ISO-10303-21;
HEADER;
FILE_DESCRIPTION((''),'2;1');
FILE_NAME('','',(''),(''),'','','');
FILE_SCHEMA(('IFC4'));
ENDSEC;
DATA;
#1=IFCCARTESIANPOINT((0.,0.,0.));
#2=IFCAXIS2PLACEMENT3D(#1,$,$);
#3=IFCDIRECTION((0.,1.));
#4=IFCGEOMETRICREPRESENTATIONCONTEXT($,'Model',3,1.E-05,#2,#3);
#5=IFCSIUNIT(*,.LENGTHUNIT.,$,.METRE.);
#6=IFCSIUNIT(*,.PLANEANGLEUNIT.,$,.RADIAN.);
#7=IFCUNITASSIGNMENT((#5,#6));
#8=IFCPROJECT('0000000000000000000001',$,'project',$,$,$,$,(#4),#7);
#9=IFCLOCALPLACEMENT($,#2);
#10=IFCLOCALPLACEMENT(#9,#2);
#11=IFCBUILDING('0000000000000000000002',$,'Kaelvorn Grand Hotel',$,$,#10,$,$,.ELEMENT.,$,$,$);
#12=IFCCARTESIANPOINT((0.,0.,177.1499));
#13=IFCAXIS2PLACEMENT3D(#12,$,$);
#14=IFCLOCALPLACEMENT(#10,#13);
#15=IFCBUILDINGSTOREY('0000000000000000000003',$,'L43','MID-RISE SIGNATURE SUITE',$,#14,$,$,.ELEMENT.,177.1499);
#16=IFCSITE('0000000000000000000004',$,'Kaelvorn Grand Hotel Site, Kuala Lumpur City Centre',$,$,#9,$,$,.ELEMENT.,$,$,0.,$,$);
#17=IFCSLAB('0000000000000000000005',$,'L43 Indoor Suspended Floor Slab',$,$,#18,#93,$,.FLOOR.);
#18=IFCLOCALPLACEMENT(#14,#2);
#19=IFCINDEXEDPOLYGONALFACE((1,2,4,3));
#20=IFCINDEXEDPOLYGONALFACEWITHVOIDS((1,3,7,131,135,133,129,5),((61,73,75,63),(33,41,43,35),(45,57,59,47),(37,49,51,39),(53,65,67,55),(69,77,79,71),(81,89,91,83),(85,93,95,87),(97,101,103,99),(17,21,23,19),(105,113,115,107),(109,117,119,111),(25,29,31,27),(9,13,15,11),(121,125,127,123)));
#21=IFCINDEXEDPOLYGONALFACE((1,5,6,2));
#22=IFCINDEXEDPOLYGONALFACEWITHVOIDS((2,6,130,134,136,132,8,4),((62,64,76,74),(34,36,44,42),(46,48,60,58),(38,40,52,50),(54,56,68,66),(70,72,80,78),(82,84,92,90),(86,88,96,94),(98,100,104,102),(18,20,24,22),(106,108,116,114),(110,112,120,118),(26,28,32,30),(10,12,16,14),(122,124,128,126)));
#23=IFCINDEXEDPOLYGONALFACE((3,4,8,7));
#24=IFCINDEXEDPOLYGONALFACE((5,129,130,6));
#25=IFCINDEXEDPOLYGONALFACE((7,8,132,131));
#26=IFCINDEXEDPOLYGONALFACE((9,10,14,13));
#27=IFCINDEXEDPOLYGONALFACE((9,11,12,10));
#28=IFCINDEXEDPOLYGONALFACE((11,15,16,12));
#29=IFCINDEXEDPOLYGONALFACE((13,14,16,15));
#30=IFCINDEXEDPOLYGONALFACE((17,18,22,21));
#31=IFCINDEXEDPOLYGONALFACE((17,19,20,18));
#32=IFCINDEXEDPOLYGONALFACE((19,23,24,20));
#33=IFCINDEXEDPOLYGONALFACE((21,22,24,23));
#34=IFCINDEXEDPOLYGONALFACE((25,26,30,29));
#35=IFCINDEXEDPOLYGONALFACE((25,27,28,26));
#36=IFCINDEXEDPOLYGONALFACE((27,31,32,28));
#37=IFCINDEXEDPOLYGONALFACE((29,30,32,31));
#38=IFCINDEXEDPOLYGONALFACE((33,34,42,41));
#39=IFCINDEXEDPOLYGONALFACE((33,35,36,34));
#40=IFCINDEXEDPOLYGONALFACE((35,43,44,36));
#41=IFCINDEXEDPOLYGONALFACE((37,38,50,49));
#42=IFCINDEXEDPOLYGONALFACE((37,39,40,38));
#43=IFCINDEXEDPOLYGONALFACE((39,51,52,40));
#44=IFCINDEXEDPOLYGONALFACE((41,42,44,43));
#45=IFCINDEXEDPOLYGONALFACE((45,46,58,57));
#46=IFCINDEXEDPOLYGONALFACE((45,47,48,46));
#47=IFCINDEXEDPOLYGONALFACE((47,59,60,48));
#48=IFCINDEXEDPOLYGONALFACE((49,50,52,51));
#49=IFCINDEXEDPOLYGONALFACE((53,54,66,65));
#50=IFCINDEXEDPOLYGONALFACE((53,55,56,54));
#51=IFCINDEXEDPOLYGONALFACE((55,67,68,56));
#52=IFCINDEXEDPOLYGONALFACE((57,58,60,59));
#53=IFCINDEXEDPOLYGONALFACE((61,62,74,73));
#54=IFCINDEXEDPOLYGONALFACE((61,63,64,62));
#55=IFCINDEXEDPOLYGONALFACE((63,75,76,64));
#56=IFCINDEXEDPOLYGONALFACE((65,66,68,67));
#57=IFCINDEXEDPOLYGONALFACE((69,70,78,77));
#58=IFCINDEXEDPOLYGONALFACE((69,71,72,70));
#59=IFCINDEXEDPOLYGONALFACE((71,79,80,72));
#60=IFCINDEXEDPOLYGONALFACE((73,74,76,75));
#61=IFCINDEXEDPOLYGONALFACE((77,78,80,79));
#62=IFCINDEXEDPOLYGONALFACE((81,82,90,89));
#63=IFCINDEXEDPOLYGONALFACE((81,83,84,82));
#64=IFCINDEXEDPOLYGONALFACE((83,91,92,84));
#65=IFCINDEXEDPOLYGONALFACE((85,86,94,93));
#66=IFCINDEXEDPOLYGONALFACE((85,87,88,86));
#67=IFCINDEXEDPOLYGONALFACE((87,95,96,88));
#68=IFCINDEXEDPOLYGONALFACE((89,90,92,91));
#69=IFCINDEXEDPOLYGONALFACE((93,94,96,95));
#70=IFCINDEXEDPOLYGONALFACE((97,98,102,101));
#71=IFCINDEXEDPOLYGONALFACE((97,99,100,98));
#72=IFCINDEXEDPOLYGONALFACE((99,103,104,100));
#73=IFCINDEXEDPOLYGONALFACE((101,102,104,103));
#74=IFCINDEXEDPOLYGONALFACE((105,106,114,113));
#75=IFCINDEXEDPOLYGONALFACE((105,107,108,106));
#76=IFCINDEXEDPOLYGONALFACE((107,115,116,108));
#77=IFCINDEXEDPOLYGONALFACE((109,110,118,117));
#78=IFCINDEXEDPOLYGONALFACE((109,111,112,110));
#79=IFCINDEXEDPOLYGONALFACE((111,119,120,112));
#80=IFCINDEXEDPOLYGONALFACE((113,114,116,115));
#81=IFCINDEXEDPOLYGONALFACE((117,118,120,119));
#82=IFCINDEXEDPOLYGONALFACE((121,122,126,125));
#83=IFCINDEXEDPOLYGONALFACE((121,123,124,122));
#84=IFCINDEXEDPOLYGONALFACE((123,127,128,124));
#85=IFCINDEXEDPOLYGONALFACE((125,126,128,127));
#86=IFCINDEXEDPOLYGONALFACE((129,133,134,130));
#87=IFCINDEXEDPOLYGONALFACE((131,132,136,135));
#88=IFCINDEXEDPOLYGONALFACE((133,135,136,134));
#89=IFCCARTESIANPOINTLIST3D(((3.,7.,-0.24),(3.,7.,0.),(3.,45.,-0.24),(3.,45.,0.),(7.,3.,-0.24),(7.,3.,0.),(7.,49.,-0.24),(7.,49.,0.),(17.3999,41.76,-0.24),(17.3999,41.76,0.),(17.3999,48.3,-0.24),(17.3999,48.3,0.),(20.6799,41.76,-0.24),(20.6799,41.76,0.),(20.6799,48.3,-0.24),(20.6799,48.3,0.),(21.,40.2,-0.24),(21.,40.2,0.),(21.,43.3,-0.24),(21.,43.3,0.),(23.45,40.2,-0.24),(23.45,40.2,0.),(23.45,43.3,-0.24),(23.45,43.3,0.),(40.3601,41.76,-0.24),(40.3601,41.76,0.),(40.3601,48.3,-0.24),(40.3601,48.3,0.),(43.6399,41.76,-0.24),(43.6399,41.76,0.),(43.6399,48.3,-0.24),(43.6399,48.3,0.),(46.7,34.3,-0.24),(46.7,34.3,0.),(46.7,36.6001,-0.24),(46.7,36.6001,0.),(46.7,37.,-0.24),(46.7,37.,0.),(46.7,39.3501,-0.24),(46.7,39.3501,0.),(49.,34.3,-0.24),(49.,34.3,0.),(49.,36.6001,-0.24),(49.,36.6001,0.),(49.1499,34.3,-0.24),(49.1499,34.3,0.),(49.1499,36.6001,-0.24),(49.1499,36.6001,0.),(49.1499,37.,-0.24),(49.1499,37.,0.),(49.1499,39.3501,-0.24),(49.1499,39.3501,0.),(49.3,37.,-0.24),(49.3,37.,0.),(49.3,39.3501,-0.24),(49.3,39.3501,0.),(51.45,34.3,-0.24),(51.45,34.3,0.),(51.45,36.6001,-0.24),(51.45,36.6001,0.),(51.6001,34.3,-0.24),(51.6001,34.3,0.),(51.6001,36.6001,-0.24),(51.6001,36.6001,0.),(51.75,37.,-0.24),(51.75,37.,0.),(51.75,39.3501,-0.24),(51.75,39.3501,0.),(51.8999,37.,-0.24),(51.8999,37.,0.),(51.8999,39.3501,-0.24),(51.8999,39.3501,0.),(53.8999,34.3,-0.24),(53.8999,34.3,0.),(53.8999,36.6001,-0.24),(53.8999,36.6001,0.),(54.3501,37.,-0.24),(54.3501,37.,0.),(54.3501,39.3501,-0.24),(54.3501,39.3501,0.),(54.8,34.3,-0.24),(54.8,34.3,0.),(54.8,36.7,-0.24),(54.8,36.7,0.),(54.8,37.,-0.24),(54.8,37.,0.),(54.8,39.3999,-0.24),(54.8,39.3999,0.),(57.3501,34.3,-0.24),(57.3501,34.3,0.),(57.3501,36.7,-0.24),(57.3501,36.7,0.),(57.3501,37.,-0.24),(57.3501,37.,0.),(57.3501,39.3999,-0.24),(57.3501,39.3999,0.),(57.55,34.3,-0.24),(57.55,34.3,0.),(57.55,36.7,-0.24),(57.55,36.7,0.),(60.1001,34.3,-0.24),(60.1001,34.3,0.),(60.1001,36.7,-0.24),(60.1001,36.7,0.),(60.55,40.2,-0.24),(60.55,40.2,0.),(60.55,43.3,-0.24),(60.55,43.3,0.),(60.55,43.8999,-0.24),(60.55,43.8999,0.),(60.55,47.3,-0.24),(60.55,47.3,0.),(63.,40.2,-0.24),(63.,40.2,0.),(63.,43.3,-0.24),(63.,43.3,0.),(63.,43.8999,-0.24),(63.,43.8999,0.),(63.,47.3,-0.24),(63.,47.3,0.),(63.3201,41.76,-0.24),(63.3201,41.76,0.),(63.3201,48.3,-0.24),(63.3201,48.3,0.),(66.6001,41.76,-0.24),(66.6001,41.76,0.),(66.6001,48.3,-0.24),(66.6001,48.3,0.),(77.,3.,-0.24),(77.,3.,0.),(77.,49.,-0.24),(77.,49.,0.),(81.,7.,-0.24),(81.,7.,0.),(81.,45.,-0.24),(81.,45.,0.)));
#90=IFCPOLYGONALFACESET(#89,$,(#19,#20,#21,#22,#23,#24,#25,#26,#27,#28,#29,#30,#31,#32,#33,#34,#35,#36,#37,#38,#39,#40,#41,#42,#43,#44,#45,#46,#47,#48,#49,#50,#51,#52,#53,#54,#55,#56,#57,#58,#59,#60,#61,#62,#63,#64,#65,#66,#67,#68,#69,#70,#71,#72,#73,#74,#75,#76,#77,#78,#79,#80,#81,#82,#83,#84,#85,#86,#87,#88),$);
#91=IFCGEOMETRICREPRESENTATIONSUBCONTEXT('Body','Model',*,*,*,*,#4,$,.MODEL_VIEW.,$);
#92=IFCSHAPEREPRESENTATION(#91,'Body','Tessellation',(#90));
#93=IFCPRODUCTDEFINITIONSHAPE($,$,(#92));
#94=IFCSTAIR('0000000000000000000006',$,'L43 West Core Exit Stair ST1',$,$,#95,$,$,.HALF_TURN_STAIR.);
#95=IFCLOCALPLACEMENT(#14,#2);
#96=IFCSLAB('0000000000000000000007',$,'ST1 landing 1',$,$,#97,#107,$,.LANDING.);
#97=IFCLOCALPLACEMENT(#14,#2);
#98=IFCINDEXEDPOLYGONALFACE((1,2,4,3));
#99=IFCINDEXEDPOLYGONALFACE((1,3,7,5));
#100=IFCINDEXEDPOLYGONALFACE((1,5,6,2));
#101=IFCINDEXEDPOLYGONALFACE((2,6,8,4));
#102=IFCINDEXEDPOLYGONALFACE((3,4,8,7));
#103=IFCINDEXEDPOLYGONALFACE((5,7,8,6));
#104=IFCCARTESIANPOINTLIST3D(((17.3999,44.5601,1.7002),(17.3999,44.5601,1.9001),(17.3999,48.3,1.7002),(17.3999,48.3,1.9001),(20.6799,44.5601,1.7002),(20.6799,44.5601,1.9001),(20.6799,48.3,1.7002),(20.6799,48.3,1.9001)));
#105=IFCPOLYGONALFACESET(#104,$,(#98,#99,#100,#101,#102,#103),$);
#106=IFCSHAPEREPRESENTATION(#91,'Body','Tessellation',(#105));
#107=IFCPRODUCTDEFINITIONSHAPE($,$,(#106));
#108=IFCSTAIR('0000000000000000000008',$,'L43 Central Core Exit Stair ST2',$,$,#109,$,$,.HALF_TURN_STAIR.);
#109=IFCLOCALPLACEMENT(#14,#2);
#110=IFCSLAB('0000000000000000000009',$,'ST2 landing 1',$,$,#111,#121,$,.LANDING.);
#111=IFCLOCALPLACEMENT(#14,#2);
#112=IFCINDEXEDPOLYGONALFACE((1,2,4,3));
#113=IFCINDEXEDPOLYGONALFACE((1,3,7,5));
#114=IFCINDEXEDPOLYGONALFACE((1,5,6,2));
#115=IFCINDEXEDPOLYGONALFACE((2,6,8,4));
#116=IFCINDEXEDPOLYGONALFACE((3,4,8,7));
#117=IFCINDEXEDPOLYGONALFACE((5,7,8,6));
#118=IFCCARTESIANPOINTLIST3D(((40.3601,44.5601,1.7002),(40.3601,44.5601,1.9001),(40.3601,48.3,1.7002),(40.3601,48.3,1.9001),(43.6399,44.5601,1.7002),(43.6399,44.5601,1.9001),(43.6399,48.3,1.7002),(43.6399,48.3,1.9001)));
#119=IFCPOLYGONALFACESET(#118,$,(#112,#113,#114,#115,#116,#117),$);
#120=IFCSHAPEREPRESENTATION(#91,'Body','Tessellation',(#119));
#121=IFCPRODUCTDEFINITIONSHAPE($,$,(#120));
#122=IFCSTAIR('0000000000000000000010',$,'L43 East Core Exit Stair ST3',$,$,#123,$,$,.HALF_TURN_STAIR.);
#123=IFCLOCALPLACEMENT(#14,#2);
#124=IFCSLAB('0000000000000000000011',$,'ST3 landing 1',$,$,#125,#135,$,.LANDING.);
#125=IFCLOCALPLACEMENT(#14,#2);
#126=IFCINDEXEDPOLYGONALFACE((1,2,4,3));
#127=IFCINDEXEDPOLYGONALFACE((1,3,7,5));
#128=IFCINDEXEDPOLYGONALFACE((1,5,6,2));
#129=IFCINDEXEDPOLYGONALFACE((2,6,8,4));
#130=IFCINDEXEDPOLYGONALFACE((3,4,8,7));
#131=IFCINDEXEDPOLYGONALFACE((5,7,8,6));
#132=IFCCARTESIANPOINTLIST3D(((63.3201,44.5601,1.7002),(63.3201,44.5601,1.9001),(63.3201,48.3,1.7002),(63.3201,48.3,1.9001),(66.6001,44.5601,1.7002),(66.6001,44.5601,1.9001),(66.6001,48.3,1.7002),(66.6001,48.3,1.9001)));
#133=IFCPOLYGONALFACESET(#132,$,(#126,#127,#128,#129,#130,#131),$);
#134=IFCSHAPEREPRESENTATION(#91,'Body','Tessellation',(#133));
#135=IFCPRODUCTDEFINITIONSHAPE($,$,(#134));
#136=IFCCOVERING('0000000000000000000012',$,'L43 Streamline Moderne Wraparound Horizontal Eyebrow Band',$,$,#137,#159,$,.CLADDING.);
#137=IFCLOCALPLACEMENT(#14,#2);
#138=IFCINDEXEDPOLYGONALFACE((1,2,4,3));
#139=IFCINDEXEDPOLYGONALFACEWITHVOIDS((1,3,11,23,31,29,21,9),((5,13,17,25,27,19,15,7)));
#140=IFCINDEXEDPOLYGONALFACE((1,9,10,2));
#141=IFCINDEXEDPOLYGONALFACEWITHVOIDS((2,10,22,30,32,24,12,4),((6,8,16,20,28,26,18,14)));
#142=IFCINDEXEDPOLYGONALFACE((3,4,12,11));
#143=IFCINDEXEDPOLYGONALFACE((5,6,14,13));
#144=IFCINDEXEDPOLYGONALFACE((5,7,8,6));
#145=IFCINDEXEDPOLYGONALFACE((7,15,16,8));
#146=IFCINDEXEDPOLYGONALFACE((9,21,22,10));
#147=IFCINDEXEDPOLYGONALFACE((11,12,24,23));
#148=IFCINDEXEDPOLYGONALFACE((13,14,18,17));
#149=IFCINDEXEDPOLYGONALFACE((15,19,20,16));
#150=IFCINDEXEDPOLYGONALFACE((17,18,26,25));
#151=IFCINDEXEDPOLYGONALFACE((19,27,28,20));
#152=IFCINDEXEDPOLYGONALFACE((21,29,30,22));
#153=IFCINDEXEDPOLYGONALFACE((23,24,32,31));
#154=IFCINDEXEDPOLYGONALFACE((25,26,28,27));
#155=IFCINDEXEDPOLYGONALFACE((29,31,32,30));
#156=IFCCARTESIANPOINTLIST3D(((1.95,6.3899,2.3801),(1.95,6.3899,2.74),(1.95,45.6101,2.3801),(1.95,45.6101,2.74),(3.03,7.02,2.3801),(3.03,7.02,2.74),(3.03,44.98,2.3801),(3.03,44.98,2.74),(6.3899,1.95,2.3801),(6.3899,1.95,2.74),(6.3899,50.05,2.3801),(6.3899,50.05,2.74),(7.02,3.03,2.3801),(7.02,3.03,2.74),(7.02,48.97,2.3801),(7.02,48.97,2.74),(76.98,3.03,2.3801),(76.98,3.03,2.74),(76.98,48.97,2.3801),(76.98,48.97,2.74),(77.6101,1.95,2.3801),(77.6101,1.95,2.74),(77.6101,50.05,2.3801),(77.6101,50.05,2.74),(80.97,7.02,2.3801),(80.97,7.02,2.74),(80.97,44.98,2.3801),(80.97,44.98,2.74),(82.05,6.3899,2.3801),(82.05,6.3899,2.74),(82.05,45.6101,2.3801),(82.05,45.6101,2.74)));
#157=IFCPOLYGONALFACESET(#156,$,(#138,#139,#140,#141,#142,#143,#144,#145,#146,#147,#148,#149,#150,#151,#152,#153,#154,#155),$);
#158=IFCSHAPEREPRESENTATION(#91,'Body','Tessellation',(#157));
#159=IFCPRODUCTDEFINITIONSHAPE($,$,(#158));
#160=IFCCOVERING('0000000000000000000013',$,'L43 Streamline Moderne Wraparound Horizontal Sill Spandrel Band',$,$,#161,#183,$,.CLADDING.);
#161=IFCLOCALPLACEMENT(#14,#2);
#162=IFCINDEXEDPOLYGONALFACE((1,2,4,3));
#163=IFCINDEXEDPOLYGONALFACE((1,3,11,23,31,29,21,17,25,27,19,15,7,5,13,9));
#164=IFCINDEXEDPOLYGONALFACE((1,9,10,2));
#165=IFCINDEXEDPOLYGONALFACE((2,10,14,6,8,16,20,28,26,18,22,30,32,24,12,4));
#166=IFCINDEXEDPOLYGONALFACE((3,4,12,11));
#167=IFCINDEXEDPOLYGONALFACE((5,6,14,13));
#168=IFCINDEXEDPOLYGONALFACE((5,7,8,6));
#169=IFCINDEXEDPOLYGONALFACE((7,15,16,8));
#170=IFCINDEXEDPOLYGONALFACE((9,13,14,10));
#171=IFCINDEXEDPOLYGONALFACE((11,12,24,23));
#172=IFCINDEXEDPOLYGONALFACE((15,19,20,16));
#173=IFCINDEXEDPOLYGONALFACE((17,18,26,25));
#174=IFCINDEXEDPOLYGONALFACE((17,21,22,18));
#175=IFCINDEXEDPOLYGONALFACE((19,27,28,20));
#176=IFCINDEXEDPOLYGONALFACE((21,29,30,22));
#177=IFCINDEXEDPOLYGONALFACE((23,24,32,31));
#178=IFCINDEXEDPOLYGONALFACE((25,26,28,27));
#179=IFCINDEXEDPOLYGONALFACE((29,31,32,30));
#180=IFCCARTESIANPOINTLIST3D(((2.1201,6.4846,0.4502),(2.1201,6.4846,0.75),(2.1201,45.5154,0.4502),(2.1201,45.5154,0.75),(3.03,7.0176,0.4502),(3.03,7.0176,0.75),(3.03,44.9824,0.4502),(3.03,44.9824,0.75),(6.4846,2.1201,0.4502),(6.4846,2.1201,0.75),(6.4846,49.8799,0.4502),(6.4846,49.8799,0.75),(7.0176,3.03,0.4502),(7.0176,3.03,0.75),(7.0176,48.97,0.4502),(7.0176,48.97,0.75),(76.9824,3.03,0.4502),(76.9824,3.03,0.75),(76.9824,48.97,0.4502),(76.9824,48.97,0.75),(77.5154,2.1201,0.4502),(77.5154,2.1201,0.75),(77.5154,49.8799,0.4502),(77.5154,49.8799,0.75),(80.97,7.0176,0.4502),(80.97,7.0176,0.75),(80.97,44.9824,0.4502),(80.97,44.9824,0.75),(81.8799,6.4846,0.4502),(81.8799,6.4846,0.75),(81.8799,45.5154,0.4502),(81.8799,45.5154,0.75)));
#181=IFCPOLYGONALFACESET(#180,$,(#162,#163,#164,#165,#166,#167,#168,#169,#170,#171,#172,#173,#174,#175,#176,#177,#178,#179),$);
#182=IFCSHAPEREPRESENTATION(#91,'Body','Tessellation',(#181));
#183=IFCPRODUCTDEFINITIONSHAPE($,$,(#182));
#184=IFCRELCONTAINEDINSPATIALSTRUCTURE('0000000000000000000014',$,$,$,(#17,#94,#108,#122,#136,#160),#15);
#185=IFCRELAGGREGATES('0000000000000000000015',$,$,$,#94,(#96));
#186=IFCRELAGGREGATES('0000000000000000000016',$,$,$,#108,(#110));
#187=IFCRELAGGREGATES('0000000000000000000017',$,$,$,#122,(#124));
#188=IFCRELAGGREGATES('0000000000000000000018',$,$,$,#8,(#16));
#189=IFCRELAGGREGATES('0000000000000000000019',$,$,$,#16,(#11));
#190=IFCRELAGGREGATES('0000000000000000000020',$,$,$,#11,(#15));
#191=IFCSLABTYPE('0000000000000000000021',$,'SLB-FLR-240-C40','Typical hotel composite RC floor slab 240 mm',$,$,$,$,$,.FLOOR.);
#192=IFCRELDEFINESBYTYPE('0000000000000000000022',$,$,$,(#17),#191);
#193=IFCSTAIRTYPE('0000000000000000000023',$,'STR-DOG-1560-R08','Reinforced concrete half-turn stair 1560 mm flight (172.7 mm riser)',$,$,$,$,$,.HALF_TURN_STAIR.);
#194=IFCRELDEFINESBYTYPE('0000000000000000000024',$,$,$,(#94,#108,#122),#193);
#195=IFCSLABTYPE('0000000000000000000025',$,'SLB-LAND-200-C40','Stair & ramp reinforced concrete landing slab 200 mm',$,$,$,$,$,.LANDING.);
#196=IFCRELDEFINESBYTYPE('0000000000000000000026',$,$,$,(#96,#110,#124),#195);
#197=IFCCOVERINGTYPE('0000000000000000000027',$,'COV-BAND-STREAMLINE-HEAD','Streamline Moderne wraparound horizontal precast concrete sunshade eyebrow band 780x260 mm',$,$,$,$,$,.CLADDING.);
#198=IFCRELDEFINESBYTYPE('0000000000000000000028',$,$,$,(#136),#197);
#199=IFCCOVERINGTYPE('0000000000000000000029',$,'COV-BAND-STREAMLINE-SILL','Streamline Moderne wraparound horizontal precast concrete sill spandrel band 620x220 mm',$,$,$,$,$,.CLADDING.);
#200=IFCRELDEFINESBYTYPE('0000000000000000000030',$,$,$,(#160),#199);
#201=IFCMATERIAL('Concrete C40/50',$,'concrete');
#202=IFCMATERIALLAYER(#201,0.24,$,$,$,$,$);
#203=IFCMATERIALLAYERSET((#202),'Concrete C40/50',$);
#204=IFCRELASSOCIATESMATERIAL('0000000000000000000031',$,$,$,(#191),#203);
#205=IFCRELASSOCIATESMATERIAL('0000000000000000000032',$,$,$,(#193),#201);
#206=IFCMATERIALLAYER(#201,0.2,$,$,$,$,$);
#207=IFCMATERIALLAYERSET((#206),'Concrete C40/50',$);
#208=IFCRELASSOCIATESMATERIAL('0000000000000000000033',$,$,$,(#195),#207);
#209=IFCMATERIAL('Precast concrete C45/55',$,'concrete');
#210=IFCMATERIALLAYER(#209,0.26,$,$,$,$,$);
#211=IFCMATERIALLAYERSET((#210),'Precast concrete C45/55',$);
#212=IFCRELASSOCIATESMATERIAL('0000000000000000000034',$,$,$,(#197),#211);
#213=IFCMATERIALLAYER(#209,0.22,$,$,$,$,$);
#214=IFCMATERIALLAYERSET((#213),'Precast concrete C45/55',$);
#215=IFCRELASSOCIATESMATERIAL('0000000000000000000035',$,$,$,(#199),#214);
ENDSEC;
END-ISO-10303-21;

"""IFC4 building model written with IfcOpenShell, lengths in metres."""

from ifc_helpers import new_model, si_unit, direction, frame, origin, place, context, subcontext, project, spatial, polyline, outline, extrude, material, layer, layer_set, type_object, element, aggregate, save


model = new_model("IFC4")

# Units and contexts
model_context = context("Model", 3, precision=1e-05, world=origin(), true_north=direction((0.0, 1.0)))
body_context = subcontext(model_context, "Body", "Model", "MODEL_VIEW")
ifc_project = project(units=[si_unit("LENGTHUNIT", "METRE"), si_unit("PLANEANGLEUNIT", "RADIAN")], contexts=[model_context])

# Site, building, storey
site_placement = place(None, origin())
site = spatial("IfcSite", under=ifc_project, at=site_placement, Name="Kaelvorn Grand Hotel Site, Kuala Lumpur City Centre", CompositionType="ELEMENT", RefElevation=0.0)
building_placement = place(site_placement, origin())
building = spatial("IfcBuilding", under=site, at=building_placement, Name="Kaelvorn Grand Hotel", CompositionType="ELEMENT")
storey_placement = place(building_placement, frame((0.0, 0.0, 177.1499)))
storey = spatial("IfcBuildingStorey", under=building, at=storey_placement, Name="L43", Description="MID-RISE SIGNATURE SUITE", CompositionType="ELEMENT", Elevation=177.1499)

# Slab
ifc_material_1 = material(Name="Concrete C40/50", Category="concrete")
ifc_layer_1 = layer(ifc_material_1, 0.24)
ifc_layer_set_1 = layer_set([ifc_layer_1], Name="Concrete C40/50")
slab_type_1 = type_object("IfcSlabType", Name="SLB-FLR-240-C40", Description="Typical hotel composite RC floor slab 240 mm", PredefinedType="FLOOR", material=ifc_layer_set_1)
slab_1_placement = place(storey_placement, frame((0.0, 0.0, -0.24)))
element("IfcSlab", 1, at=slab_1_placement, inside=storey, type_object=slab_type_1, Name="L43 Indoor Suspended Floor Slab", PredefinedType="FLOOR", context=body_context, shape_type="SweptSolid", body=[
    extrude(outline(polyline([(7.0, 3.0), (77.0, 3.0), (81.0, 7.0), (81.0, 45.0), (77.0, 49.0), (7.0, 49.0), (3.0, 45.0), (3.0, 7.0), (7.0, 3.0)]), holes=[polyline([(17.3999, 41.76), (17.3999, 48.3), (20.6799, 48.3), (20.6799, 41.76), (17.3999, 41.76)]), polyline([(40.3601, 41.76), (40.3601, 48.3), (43.6399, 48.3), (43.6399, 41.76), (40.3601, 41.76)]), polyline([(63.3201, 41.76), (63.3201, 48.3), (66.6001, 48.3), (66.6001, 41.76), (63.3201, 41.76)]), polyline([(46.7, 34.3), (46.7, 36.6001), (49.0, 36.6001), (49.0, 34.3), (46.7, 34.3)]), polyline([(49.1499, 34.3), (49.1499, 36.6001), (51.45, 36.6001), (51.45, 34.3), (49.1499, 34.3)]), polyline([(51.6001, 34.3), (51.6001, 36.6001), (53.8999, 36.6001), (53.8999, 34.3), (51.6001, 34.3)]), polyline([(46.7, 37.0), (46.7, 39.3501), (49.1499, 39.3501), (49.1499, 37.0), (46.7, 37.0)]), polyline([(49.3, 37.0), (49.3, 39.3501), (51.75, 39.3501), (51.75, 37.0), (49.3, 37.0)]), polyline([(51.8999, 37.0), (51.8999, 39.3501), (54.3501, 39.3501), (54.3501, 37.0), (51.8999, 37.0)]), polyline([(54.8, 34.3), (54.8, 36.7), (57.3501, 36.7), (57.3501, 34.3), (54.8, 34.3)]), polyline([(57.55, 34.3), (57.55, 36.7), (60.1001, 36.7), (60.1001, 34.3), (57.55, 34.3)]), polyline([(54.8, 37.0), (54.8, 39.3999), (57.3501, 39.3999), (57.3501, 37.0), (54.8, 37.0)]), polyline([(21.0, 40.2), (21.0, 43.3), (23.45, 43.3), (23.45, 40.2), (21.0, 40.2)]), polyline([(60.55, 40.2), (60.55, 43.3), (63.0, 43.3), (63.0, 40.2), (60.55, 40.2)]), polyline([(60.55, 43.8999), (60.55, 47.3), (63.0, 47.3), (63.0, 43.8999), (60.55, 43.8999)])]), origin(), (0.0, 0.0, 1.0), 0.24),
])

# Stairs, slabs
stair_type = type_object("IfcStairType", Name="STR-DOG-1560-R08", Description="Reinforced concrete half-turn stair 1560 mm flight (172.7 mm riser)", PredefinedType="HALF_TURN_STAIR", material=ifc_material_1)
stair_1_placement = place(storey_placement, origin())
stair_1 = element("IfcStair", 2, at=stair_1_placement, inside=storey, type_object=stair_type, Name="L43 West Core Exit Stair ST1", PredefinedType="HALF_TURN_STAIR")
ifc_layer_2 = layer(ifc_material_1, 0.2)
ifc_layer_set_2 = layer_set([ifc_layer_2], Name="Concrete C40/50")
slab_type_2 = type_object("IfcSlabType", Name="SLB-LAND-200-C40", Description="Stair & ramp reinforced concrete landing slab 200 mm", PredefinedType="LANDING", material=ifc_layer_set_2)
slab_2_placement = place(storey_placement, frame((0.0, 0.0, 1.7002)))
slab_2 = element("IfcSlab", 3, at=slab_2_placement, type_object=slab_type_2, Name="ST1 landing 1", PredefinedType="LANDING", context=body_context, shape_type="SweptSolid", body=[
    extrude(outline(polyline([(20.6799, 44.5601), (20.6799, 48.3), (17.3999, 48.3), (17.3999, 44.5601), (20.6799, 44.5601)])), origin(), (0.0, 0.0, 1.0), 0.2),
])
aggregate(stair_1, [slab_2])
stair_2_placement = place(storey_placement, origin())
stair_2 = element("IfcStair", 4, at=stair_2_placement, inside=storey, type_object=stair_type, Name="L43 Central Core Exit Stair ST2", PredefinedType="HALF_TURN_STAIR")
slab_3_placement = place(storey_placement, frame((0.0, 0.0, 1.7002)))
slab_3 = element("IfcSlab", 5, at=slab_3_placement, type_object=slab_type_2, Name="ST2 landing 1", PredefinedType="LANDING", context=body_context, shape_type="SweptSolid", body=[
    extrude(outline(polyline([(43.6399, 44.5601), (43.6399, 48.3), (40.3601, 48.3), (40.3601, 44.5601), (43.6399, 44.5601)])), origin(), (0.0, 0.0, 1.0), 0.2),
])
aggregate(stair_2, [slab_3])
stair_3_placement = place(storey_placement, origin())
stair_3 = element("IfcStair", 6, at=stair_3_placement, inside=storey, type_object=stair_type, Name="L43 East Core Exit Stair ST3", PredefinedType="HALF_TURN_STAIR")
slab_4_placement = place(storey_placement, frame((0.0, 0.0, 1.7002)))
slab_4 = element("IfcSlab", 7, at=slab_4_placement, type_object=slab_type_2, Name="ST3 landing 1", PredefinedType="LANDING", context=body_context, shape_type="SweptSolid", body=[
    extrude(outline(polyline([(66.6001, 44.5601), (66.6001, 48.3), (63.3201, 48.3), (63.3201, 44.5601), (66.6001, 44.5601)])), origin(), (0.0, 0.0, 1.0), 0.2),
])
aggregate(stair_3, [slab_4])

# Coverings
ifc_material_2 = material(Name="Precast concrete C45/55", Category="concrete")
ifc_layer_3 = layer(ifc_material_2, 0.26)
ifc_layer_set_3 = layer_set([ifc_layer_3], Name="Precast concrete C45/55")
covering_type_1 = type_object("IfcCoveringType", Name="COV-BAND-STREAMLINE-HEAD", Description="Streamline Moderne wraparound horizontal precast concrete sunshade eyebrow band 780x260 mm", PredefinedType="CLADDING", material=ifc_layer_set_3)
covering_1_placement = place(storey_placement, frame((0.0, 0.0, 2.3801)))
element("IfcCovering", 8, at=covering_1_placement, inside=storey, type_object=covering_type_1, Name="L43 Streamline Moderne Wraparound Horizontal Eyebrow Band", PredefinedType="CLADDING", context=body_context, shape_type="SweptSolid", body=[
    extrude(outline(polyline([(6.3899, 1.95), (77.6101, 1.95), (82.05, 6.3899), (82.05, 45.6101), (77.6101, 50.05), (6.3899, 50.05), (1.95, 45.6101), (1.95, 6.3899), (6.3899, 1.95)]), holes=[polyline([(7.02, 3.03), (76.98, 3.03), (80.97, 7.02), (80.97, 44.98), (76.98, 48.97), (7.02, 48.97), (3.03, 44.98), (3.03, 7.02), (7.02, 3.03)])]), origin(), (0.0, 0.0, 1.0), 0.3599),
])
ifc_layer_4 = layer(ifc_material_2, 0.22)
ifc_layer_set_4 = layer_set([ifc_layer_4], Name="Precast concrete C45/55")
covering_type_2 = type_object("IfcCoveringType", Name="COV-BAND-STREAMLINE-SILL", Description="Streamline Moderne wraparound horizontal precast concrete sill spandrel band 620x220 mm", PredefinedType="CLADDING", material=ifc_layer_set_4)
covering_2_placement = place(storey_placement, frame((0.0, 0.0, 0.4502)))
element("IfcCovering", 9, at=covering_2_placement, inside=storey, type_object=covering_type_2, Name="L43 Streamline Moderne Wraparound Horizontal Sill Spandrel Band", PredefinedType="CLADDING", context=body_context, shape_type="SweptSolid", body=[
    extrude(outline(polyline([(77.5154, 2.1201), (81.8799, 6.4846), (81.8799, 45.5154), (77.5154, 49.8799), (6.4846, 49.8799), (2.1201, 45.5154), (2.1201, 6.4846), (6.4846, 2.1201), (7.0176, 3.03), (3.03, 7.0176), (3.03, 44.9824), (7.0176, 48.97), (76.9824, 48.97), (80.97, 44.9824), (80.97, 7.0176), (76.9824, 3.03), (77.5154, 2.1201)])), origin(), (0.0, 0.0, 1.0), 0.2998),
])

save(model, "model.ifc")
